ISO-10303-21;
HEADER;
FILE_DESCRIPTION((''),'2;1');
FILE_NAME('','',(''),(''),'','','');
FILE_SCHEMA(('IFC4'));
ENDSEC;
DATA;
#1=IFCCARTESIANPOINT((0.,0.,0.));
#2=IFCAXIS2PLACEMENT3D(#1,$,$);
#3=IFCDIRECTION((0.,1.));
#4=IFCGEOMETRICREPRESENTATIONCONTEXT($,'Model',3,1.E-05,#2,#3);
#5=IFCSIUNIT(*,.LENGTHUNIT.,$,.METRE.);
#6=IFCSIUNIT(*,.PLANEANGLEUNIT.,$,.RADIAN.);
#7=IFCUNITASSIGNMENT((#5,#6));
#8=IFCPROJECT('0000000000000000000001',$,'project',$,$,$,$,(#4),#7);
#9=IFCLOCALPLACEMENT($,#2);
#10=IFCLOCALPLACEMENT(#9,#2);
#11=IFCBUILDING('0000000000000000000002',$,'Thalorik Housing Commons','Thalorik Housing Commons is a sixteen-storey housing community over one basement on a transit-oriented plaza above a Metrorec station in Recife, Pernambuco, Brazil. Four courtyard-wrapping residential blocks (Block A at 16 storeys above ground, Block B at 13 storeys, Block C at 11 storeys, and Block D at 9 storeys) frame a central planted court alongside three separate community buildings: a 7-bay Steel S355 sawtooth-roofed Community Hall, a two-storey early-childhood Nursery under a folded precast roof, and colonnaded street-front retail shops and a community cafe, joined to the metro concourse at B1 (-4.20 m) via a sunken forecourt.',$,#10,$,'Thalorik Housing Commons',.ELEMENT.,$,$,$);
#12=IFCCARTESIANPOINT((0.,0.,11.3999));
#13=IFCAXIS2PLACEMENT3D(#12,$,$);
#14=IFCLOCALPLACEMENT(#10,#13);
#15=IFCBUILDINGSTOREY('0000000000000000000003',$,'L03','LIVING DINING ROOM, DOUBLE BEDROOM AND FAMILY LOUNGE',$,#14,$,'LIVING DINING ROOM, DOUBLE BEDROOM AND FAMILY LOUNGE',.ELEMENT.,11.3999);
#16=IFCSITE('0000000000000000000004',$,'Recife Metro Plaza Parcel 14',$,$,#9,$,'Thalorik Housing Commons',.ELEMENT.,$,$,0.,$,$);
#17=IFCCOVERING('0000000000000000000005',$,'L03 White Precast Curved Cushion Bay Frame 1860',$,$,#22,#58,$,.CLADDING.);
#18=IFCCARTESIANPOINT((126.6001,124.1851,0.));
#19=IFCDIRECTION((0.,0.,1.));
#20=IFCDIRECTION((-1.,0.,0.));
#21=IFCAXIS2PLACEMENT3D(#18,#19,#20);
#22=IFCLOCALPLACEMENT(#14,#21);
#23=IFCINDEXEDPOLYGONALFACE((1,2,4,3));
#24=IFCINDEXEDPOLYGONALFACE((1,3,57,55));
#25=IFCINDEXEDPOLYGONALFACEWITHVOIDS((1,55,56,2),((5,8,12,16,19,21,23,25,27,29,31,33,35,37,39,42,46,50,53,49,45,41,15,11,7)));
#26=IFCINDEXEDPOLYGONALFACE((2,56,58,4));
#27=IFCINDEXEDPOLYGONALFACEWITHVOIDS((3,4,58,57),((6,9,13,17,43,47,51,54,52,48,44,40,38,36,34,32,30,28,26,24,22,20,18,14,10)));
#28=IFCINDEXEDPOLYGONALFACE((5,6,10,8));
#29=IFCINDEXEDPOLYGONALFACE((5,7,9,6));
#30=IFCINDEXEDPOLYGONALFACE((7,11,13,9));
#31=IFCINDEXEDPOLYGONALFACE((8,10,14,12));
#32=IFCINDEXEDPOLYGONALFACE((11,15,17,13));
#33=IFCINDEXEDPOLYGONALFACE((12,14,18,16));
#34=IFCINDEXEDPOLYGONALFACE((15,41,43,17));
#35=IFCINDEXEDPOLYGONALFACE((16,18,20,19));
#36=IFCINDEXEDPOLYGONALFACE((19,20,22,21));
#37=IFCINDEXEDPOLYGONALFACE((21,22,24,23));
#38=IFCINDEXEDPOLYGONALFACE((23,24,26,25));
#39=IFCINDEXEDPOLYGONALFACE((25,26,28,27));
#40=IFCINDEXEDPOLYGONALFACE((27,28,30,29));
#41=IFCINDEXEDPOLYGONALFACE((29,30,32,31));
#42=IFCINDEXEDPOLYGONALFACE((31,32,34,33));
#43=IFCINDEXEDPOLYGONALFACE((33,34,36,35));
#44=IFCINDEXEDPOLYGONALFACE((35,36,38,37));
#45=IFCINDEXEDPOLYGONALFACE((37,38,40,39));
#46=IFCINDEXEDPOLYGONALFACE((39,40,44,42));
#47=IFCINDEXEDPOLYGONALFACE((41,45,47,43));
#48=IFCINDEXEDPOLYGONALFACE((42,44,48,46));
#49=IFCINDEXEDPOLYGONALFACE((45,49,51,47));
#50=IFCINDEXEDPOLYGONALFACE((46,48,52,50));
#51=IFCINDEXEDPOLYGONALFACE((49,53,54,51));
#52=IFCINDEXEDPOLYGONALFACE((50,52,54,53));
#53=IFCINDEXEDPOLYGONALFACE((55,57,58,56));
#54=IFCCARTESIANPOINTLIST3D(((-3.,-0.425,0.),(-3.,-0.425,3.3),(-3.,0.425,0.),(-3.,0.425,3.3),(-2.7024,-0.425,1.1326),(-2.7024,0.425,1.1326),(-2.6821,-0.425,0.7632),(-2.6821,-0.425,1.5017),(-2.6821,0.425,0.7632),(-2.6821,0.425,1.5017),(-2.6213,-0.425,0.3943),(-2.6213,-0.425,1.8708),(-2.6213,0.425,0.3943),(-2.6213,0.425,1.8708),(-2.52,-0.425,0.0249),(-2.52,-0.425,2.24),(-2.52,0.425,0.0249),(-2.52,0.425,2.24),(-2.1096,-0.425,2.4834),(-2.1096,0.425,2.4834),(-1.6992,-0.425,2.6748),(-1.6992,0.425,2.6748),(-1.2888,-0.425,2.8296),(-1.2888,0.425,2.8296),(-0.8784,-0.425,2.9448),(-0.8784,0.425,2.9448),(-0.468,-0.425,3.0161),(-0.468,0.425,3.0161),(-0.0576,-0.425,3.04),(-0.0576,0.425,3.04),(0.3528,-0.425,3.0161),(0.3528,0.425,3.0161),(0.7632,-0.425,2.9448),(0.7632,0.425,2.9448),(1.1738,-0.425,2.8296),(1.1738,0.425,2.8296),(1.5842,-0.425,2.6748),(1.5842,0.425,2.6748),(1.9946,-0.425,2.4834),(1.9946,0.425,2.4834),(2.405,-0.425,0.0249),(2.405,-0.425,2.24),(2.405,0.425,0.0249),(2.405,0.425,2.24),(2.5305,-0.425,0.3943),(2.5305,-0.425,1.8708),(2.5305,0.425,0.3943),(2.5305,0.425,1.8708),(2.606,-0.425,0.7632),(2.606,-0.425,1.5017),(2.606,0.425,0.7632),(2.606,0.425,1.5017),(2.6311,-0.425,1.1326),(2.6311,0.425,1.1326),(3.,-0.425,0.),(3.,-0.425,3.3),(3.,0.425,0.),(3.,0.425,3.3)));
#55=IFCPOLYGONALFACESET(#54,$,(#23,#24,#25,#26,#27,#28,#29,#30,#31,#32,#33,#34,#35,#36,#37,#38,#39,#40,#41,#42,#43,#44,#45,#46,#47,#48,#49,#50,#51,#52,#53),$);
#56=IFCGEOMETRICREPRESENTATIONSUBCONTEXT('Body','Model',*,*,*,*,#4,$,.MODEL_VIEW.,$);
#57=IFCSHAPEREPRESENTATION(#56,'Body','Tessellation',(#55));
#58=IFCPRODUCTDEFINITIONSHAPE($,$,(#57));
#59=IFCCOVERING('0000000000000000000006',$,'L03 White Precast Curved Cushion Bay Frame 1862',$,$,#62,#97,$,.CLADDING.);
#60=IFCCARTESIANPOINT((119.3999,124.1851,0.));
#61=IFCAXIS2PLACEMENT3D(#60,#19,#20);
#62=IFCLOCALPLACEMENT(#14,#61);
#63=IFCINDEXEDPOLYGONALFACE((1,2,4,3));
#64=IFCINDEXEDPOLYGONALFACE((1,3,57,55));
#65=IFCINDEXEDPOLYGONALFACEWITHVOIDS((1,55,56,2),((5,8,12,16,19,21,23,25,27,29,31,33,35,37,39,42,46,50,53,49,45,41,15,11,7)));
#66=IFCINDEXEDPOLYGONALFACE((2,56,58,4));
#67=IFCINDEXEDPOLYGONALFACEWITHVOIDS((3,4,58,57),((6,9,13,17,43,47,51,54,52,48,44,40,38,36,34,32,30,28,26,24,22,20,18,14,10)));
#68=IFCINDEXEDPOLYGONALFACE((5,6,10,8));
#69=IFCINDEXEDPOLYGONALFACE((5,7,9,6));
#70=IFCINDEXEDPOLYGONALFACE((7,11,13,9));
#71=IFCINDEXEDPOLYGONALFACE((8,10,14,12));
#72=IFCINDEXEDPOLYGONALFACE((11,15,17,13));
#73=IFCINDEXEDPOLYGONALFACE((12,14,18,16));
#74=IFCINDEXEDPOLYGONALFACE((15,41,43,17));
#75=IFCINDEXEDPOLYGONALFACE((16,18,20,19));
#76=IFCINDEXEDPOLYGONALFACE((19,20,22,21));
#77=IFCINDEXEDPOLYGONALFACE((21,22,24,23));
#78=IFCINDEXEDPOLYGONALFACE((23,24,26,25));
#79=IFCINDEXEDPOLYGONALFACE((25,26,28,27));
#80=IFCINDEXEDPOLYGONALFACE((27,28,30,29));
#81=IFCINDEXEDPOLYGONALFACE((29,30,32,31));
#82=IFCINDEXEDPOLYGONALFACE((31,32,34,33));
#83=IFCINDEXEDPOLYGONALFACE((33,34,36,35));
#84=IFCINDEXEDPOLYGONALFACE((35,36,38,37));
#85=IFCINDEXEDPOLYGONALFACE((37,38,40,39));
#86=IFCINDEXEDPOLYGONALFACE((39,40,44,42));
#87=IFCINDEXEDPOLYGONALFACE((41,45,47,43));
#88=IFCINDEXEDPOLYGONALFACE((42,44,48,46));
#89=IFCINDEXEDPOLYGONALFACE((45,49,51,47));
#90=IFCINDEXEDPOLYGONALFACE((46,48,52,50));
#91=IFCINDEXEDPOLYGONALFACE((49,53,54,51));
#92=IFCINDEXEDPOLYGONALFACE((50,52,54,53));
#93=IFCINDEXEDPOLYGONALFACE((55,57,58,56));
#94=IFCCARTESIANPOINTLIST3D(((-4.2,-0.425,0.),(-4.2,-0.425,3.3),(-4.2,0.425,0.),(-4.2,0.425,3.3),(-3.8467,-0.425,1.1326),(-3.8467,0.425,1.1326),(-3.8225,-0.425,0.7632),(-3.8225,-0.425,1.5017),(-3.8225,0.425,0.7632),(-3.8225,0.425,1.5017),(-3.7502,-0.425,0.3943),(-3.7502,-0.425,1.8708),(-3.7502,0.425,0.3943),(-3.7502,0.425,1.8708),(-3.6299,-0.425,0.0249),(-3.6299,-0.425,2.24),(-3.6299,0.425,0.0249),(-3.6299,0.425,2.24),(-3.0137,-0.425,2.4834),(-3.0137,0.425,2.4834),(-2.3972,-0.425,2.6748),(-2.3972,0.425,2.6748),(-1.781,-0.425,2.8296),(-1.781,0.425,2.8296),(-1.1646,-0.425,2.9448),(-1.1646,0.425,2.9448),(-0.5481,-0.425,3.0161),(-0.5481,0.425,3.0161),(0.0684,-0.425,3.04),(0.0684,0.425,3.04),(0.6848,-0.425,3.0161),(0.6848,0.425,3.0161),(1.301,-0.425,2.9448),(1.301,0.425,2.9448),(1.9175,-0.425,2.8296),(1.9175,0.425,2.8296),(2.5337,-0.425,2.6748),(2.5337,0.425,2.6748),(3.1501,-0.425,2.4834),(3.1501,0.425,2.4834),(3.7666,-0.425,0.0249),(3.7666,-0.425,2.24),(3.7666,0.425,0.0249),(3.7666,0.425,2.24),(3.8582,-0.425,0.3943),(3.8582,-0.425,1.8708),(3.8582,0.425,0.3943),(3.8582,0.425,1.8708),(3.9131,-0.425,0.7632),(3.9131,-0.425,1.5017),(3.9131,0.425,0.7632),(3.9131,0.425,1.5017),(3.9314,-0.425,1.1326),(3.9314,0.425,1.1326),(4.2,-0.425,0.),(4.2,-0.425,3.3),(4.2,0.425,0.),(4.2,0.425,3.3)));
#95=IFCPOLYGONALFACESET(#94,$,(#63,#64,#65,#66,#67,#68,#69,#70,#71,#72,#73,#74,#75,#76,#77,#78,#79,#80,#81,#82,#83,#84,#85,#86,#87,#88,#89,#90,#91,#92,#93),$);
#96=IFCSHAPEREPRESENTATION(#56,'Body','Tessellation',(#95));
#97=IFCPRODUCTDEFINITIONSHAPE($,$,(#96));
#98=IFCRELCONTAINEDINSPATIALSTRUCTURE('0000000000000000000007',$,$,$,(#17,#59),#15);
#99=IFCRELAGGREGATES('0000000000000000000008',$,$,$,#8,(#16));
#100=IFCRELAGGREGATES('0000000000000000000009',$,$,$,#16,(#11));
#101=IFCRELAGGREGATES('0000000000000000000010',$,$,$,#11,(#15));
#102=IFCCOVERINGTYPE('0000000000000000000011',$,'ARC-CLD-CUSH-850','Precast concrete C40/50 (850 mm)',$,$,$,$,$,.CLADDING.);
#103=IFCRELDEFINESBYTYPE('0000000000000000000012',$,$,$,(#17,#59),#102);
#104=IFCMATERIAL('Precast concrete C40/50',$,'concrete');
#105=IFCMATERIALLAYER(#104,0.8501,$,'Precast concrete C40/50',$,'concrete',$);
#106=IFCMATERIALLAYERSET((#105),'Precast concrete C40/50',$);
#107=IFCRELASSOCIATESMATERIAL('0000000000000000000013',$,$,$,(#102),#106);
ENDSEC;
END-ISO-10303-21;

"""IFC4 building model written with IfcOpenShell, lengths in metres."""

from ifc_helpers import new_model, si_unit, direction, frame, origin, place, context, subcontext, project, spatial, polyline, outline, extrude, material, layer, layer_set, type_object, element, save


model = new_model("IFC4")

# Units and contexts
model_context = context("Model", 3, precision=1e-05, world=origin(), true_north=direction((0.0, 1.0)))
body_context = subcontext(model_context, "Body", "Model", "MODEL_VIEW")
ifc_project = project(units=[si_unit("LENGTHUNIT", "METRE"), si_unit("PLANEANGLEUNIT", "RADIAN")], contexts=[model_context])

# Site, building, storey
site_placement = place(None, origin())
site = spatial("IfcSite", under=ifc_project, at=site_placement, Name="Recife Metro Plaza Parcel 14", LongName="Thalorik Housing Commons", CompositionType="ELEMENT", RefElevation=0.0)
building_placement = place(site_placement, origin())
building = spatial("IfcBuilding", under=site, at=building_placement, Name="Thalorik Housing Commons", Description="Thalorik Housing Commons is a sixteen-storey housing community over one basement on a transit-oriented plaza above a Metrorec station in Recife, Pernambuco, Brazil. Four courtyard-wrapping residential blocks (Block A at 16 storeys above ground, Block B at 13 storeys, Block C at 11 storeys, and Block D at 9 storeys) frame a central planted court alongside three separate community buildings: a 7-bay Steel S355 sawtooth-roofed Community Hall, a two-storey early-childhood Nursery under a folded precast roof, and colonnaded street-front retail shops and a community cafe, joined to the metro concourse at B1 (-4.20 m) via a sunken forecourt.", LongName="Thalorik Housing Commons", CompositionType="ELEMENT")
storey_placement = place(building_placement, frame((0.0, 0.0, 11.3999)))
storey = spatial("IfcBuildingStorey", under=building, at=storey_placement, Name="L03", Description="LIVING DINING ROOM, DOUBLE BEDROOM AND FAMILY LOUNGE", LongName="LIVING DINING ROOM, DOUBLE BEDROOM AND FAMILY LOUNGE", CompositionType="ELEMENT", Elevation=11.3999)

# Shared definitions
ifc_material_1 = material(Name="Precast concrete C40/50", Category="concrete")

# Coverings
ifc_layer_1 = layer(ifc_material_1, 0.8501, Name="Precast concrete C40/50", Category="concrete")
ifc_layer_set_1 = layer_set([ifc_layer_1], Name="Precast concrete C40/50")
covering_type_1 = type_object("IfcCoveringType", Name="ARC-CLD-CUSH-850", Description="Precast concrete C40/50 (850 mm)", PredefinedType="CLADDING", material=ifc_layer_set_1)
covering_1_placement = place(storey_placement, frame((126.6001, 124.1851, 0.0), z_axis=(0.0, 0.0, 1.0), x_axis=(-1.0, 0.0, 0.0)))
element("IfcCovering", 1, at=covering_1_placement, inside=storey, type_object=covering_type_1, Name="L03 White Precast Curved Cushion Bay Frame 1860", PredefinedType="CLADDING", context=body_context, shape_type="SweptSolid", body=[
    extrude(outline(polyline([(-3.0, 0.0), (3.0, 0.0), (3.0, 3.3), (-3.0, 3.3), (-3.0, 0.0)]), holes=[polyline([(2.405, 0.0249), (2.5305, 0.3943), (2.606, 0.7632), (2.6311, 1.1326), (2.606, 1.5017), (2.5305, 1.8708), (2.405, 2.24), (1.9946, 2.4834), (1.5842, 2.6748), (1.1738, 2.8296), (0.7632, 2.9448), (0.3528, 3.0161), (-0.0576, 3.04), (-0.468, 3.0161), (-0.8784, 2.9448), (-1.2888, 2.8296), (-1.6992, 2.6748), (-2.1096, 2.4834), (-2.52, 2.24), (-2.6213, 1.8708), (-2.6821, 1.5017), (-2.7024, 1.1326), (-2.6821, 0.7632), (-2.6213, 0.3943), (-2.52, 0.0249), (2.405, 0.0249)])]), frame((0.0, 0.425, 0.0), z_axis=(0.0, -1.0, 0.0), x_axis=(1.0, 0.0, 0.0)), (0.0, 0.0, 1.0), 0.8501),
])
covering_2_placement = place(storey_placement, frame((119.3999, 124.1851, 0.0), z_axis=(0.0, 0.0, 1.0), x_axis=(-1.0, 0.0, 0.0)))
element("IfcCovering", 2, at=covering_2_placement, inside=storey, type_object=covering_type_1, Name="L03 White Precast Curved Cushion Bay Frame 1862", PredefinedType="CLADDING", context=body_context, shape_type="SweptSolid", body=[
    extrude(outline(polyline([(-4.2, 0.0), (4.2, 0.0), (4.2, 3.3), (-4.2, 3.3), (-4.2, 0.0)]), holes=[polyline([(3.7666, 0.0249), (3.8582, 0.3943), (3.9131, 0.7632), (3.9314, 1.1326), (3.9131, 1.5017), (3.8582, 1.8708), (3.7666, 2.24), (3.1501, 2.4834), (2.5337, 2.6748), (1.9175, 2.8296), (1.301, 2.9448), (0.6848, 3.0161), (0.0684, 3.04), (-0.5481, 3.0161), (-1.1646, 2.9448), (-1.781, 2.8296), (-2.3972, 2.6748), (-3.0137, 2.4834), (-3.6299, 2.24), (-3.7502, 1.8708), (-3.8225, 1.5017), (-3.8467, 1.1326), (-3.8225, 0.7632), (-3.7502, 0.3943), (-3.6299, 0.0249), (3.7666, 0.0249)])]), frame((0.0, 0.425, 0.0), z_axis=(0.0, -1.0, 0.0), x_axis=(1.0, 0.0, 0.0)), (0.0, 0.0, 1.0), 0.8501),
])

save(model, "model.ifc")
